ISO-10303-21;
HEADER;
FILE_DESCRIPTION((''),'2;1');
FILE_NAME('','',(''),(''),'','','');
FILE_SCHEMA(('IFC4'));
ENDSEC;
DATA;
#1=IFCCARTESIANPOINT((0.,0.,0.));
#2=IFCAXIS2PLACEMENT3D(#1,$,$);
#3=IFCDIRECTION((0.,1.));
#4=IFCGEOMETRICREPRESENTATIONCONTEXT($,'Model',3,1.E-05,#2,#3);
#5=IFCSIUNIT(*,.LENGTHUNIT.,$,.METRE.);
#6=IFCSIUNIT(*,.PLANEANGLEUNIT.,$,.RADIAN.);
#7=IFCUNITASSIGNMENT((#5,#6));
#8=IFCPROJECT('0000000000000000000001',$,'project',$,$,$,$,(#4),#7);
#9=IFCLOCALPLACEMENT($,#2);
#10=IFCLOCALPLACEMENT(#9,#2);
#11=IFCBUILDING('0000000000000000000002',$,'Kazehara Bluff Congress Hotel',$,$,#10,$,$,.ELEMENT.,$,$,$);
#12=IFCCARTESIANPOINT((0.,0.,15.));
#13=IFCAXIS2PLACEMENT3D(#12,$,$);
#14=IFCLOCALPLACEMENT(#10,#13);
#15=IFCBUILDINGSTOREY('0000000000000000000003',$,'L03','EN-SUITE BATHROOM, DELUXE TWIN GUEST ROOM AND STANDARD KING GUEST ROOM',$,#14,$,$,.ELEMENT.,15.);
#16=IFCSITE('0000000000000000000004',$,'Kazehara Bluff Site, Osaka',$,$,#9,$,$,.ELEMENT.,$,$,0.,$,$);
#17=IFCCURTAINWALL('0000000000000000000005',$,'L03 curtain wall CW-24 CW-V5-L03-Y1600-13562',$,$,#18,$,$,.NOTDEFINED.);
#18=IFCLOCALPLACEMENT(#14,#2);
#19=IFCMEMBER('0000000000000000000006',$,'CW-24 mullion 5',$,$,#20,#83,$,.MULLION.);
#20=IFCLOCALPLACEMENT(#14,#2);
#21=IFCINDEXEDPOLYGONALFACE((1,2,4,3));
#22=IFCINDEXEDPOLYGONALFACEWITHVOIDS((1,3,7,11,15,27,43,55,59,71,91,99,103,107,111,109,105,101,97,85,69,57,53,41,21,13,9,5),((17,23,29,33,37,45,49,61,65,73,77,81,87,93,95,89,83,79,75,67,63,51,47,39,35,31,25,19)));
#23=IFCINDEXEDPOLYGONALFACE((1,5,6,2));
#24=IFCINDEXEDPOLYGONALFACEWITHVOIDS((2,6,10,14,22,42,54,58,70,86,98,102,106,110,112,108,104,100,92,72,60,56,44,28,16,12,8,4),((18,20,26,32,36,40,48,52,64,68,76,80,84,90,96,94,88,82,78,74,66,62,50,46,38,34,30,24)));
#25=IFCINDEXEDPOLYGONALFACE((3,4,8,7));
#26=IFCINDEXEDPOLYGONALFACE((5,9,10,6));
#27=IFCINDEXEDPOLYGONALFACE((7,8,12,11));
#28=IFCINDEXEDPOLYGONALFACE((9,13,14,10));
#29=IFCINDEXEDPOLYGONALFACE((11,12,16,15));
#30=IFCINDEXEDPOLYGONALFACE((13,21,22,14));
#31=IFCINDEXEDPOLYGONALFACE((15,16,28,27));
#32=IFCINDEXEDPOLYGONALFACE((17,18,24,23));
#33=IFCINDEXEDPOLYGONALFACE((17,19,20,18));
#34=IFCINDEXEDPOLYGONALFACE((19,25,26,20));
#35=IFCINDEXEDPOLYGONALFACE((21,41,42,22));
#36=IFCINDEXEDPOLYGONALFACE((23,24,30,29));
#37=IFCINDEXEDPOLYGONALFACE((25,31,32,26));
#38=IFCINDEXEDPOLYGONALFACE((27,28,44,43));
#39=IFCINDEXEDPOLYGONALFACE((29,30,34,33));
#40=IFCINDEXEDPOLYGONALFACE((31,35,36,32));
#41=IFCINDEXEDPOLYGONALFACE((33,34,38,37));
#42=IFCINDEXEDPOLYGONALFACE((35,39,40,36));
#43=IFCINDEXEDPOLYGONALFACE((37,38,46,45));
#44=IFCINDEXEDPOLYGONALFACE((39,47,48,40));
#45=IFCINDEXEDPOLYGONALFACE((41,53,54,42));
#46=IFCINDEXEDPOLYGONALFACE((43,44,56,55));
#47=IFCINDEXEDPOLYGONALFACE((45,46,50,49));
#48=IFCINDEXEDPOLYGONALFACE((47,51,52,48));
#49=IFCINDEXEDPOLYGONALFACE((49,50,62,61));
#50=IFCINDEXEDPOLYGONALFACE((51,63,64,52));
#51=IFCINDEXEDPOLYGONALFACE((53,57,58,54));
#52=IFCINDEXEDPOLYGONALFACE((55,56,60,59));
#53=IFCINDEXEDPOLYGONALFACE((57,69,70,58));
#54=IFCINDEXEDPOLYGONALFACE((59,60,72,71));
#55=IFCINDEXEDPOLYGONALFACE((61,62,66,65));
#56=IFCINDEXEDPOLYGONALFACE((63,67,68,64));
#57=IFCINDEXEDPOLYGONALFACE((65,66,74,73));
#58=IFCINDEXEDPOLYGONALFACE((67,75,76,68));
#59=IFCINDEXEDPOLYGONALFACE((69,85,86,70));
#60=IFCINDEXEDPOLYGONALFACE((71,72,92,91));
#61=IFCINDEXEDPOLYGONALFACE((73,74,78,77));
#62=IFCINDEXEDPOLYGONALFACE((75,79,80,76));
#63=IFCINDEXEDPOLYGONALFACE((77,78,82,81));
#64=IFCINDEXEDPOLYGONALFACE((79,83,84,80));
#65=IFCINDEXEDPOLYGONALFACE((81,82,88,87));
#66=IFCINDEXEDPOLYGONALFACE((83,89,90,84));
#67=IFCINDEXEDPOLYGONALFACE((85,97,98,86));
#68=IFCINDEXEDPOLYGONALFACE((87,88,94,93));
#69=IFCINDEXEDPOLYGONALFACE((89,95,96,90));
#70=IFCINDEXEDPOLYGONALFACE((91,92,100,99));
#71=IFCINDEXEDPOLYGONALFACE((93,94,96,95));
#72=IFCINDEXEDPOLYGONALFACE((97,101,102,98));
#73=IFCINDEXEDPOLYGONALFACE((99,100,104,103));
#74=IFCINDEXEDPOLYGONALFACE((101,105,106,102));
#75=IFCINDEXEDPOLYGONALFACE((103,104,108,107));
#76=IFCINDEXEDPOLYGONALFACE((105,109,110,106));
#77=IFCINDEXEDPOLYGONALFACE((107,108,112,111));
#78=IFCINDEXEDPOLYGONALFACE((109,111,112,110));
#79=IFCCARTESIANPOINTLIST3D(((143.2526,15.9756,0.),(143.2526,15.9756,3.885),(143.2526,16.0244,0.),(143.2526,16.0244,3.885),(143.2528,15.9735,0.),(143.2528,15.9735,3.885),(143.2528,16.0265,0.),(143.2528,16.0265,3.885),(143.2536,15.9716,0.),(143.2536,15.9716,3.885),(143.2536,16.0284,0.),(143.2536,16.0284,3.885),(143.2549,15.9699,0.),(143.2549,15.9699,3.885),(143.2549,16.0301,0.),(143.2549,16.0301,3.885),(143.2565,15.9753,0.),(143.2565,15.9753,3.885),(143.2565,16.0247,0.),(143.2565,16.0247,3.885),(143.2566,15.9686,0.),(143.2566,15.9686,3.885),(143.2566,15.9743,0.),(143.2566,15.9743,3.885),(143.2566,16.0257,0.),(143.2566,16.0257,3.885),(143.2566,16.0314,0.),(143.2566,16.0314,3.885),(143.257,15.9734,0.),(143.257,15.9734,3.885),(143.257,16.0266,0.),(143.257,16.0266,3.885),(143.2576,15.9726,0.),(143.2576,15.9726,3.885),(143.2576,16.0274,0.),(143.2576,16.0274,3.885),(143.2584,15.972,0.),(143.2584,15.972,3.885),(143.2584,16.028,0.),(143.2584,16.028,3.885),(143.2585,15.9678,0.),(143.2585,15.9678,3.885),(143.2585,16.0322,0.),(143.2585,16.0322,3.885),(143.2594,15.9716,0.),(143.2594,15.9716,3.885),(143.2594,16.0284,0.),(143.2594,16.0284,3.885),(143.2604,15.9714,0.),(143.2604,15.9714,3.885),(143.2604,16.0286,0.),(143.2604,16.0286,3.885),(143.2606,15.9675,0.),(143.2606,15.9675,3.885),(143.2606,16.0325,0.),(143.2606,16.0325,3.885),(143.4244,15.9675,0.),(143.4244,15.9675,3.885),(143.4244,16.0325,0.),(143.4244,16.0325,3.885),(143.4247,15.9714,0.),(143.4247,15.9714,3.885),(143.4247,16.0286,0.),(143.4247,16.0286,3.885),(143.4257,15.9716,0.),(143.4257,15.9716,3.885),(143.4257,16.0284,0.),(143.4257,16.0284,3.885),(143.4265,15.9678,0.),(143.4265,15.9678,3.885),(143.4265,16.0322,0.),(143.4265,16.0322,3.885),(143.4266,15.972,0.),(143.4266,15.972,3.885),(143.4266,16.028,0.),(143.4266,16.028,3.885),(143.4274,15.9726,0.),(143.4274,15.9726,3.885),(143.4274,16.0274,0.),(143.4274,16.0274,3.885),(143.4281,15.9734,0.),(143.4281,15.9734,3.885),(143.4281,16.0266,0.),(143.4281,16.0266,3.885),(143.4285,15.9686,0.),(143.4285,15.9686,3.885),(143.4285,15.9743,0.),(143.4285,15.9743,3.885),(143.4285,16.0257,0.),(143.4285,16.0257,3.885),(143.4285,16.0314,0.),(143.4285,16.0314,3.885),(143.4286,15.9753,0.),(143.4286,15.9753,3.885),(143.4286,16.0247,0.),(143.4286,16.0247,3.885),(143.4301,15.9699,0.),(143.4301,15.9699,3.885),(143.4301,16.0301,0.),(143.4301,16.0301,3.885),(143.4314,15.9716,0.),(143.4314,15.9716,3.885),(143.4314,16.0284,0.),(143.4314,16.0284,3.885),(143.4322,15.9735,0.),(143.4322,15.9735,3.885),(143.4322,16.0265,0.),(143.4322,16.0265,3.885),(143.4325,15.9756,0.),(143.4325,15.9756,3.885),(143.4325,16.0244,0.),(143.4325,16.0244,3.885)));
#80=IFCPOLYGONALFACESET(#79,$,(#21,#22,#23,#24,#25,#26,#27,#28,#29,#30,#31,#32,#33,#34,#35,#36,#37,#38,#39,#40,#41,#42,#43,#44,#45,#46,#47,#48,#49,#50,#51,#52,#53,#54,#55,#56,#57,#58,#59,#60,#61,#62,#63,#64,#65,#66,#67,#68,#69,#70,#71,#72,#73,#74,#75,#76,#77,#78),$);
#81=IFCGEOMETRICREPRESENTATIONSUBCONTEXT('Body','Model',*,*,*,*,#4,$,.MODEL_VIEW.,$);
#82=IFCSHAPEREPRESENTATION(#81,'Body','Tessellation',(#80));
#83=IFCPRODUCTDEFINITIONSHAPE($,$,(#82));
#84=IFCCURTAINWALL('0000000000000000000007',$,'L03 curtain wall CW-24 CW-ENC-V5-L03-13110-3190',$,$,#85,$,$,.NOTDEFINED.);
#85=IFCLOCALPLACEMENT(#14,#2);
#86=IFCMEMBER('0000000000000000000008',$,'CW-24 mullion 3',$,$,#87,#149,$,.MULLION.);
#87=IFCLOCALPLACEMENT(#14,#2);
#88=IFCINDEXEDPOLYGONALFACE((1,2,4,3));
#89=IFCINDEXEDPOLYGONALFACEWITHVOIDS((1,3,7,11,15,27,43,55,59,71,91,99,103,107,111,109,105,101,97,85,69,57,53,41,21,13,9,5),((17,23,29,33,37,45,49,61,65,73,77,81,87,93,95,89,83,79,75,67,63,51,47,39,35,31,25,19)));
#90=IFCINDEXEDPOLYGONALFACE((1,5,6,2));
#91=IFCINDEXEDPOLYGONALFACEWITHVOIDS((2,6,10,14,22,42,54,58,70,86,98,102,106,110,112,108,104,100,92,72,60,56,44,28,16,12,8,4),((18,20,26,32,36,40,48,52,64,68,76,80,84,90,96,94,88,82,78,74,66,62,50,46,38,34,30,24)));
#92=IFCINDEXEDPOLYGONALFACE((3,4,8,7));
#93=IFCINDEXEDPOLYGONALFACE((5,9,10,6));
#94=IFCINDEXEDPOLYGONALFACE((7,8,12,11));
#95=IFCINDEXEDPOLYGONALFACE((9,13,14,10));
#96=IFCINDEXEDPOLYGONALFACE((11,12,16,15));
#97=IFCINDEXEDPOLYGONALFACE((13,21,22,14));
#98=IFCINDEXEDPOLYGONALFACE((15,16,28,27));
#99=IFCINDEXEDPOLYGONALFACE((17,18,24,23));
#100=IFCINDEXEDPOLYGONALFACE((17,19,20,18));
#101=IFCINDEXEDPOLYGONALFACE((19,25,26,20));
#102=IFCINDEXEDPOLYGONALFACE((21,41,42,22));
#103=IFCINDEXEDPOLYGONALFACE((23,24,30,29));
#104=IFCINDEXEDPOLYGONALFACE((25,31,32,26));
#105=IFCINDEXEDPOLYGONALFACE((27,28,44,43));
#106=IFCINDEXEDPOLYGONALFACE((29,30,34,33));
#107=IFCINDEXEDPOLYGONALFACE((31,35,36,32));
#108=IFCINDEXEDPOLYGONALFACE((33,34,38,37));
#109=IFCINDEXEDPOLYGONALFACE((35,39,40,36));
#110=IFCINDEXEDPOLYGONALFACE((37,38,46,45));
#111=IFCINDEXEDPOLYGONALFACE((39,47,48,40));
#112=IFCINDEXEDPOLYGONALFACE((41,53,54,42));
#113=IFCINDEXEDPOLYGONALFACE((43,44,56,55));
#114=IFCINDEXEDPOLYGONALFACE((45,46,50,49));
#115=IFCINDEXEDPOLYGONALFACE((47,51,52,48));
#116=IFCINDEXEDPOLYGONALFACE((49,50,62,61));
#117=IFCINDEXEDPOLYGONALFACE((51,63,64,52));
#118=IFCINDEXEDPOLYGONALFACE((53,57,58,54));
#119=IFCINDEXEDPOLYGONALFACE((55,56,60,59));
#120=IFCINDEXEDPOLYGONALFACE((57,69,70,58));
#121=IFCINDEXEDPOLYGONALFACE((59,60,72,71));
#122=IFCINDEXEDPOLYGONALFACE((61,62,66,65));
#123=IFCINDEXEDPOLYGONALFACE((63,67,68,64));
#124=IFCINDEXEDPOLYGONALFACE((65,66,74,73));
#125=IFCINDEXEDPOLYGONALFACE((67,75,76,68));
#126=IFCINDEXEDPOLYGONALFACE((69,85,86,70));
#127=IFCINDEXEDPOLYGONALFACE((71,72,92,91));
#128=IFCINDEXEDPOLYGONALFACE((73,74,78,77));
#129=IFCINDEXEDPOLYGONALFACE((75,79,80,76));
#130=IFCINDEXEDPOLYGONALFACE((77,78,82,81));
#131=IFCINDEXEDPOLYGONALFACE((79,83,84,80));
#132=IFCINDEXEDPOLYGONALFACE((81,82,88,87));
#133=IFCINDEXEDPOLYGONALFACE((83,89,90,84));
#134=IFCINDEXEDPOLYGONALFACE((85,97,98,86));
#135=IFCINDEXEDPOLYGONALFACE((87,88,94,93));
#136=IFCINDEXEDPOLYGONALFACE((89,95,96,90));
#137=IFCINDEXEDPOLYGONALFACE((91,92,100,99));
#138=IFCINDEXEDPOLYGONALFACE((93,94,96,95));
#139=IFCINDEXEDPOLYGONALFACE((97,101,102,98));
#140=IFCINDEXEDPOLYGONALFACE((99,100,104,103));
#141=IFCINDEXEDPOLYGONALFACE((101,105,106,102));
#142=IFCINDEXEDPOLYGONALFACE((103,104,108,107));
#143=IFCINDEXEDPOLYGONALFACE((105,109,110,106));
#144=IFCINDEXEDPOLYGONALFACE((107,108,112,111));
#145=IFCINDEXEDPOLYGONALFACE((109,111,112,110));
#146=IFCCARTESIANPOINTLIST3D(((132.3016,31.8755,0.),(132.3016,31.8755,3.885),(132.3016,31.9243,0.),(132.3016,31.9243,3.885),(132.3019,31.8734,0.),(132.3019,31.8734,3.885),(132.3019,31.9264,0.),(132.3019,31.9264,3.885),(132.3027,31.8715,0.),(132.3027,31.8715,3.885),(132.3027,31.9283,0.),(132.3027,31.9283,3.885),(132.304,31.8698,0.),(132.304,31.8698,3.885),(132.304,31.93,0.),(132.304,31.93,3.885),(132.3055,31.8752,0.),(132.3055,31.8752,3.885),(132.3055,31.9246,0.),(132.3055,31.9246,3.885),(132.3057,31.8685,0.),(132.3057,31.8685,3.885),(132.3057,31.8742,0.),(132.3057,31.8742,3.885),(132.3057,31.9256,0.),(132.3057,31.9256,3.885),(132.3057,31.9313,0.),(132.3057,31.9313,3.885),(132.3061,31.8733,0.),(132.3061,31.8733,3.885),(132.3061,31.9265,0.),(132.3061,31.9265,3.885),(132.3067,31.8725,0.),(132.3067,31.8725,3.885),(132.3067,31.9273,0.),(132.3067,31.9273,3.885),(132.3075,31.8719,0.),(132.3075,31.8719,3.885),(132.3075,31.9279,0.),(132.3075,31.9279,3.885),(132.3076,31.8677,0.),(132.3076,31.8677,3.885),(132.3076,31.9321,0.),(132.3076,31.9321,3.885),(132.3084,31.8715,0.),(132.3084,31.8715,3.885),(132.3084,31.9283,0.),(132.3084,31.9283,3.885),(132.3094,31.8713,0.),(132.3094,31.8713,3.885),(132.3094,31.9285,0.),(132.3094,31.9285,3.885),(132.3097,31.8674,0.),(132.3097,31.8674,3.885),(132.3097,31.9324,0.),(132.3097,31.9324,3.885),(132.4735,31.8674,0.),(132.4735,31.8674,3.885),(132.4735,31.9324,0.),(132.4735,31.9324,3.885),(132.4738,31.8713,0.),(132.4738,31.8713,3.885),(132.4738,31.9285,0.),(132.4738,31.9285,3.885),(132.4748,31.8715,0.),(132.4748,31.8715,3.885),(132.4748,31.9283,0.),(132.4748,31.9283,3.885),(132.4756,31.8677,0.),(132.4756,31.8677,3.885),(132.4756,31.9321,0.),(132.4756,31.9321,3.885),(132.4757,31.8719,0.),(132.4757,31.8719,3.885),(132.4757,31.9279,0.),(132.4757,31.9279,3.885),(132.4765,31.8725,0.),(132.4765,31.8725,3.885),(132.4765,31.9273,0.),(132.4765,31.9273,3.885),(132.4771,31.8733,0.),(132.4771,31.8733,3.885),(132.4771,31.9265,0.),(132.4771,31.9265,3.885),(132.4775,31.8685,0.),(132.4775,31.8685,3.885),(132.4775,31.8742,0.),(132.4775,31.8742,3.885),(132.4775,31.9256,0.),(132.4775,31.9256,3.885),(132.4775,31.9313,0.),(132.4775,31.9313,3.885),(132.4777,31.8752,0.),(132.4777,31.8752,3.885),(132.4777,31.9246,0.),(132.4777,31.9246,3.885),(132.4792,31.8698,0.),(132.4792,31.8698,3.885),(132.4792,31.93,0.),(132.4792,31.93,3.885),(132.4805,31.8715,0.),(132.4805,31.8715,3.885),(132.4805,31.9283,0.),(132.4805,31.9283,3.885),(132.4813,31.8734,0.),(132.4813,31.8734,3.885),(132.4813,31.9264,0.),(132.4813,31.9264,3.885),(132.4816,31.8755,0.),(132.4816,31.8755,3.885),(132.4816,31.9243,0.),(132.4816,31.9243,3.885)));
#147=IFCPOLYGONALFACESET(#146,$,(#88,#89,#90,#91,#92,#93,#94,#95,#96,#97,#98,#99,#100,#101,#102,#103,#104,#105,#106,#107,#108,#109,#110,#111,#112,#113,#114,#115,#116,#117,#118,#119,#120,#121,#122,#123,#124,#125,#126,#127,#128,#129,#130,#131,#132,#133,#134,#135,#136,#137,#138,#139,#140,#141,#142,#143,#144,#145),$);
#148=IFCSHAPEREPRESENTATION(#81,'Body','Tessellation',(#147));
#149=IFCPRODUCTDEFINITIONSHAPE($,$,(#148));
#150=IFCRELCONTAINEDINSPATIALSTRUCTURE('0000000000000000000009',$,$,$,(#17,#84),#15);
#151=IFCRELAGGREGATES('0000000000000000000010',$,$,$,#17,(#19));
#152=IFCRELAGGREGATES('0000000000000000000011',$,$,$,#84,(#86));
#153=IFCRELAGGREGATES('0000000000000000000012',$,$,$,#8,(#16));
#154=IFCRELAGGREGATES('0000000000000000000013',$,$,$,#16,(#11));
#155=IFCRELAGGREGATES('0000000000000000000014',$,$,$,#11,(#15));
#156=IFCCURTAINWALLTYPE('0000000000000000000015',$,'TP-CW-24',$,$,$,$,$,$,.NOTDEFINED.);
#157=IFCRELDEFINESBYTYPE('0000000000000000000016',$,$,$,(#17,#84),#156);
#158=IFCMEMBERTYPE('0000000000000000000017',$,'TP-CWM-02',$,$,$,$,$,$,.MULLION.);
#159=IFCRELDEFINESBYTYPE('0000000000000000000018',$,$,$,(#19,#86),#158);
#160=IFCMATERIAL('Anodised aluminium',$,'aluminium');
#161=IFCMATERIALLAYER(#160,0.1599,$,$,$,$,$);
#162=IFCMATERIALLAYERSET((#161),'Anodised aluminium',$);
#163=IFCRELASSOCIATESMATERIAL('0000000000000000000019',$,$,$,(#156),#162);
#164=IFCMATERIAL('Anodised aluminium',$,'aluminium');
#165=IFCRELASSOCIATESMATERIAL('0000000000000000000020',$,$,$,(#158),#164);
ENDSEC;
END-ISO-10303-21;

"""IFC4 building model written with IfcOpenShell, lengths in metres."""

from ifc_helpers import new_model, si_unit, direction, frame, origin, origin_2d, place, context, subcontext, project, spatial, hollow_rectangle, extrude, material, layer, layer_set, material_profile, profile_set, type_object, element, aggregate, save


model = new_model("IFC4")

# Units and contexts
model_context = context("Model", 3, precision=1e-05, world=origin(), true_north=direction((0.0, 1.0)))
body_context = subcontext(model_context, "Body", "Model", "MODEL_VIEW")
ifc_project = project(units=[si_unit("LENGTHUNIT", "METRE"), si_unit("PLANEANGLEUNIT", "RADIAN")], contexts=[model_context])

# Site, building, storey
site_placement = place(None, origin())
site = spatial("IfcSite", under=ifc_project, at=site_placement, Name="Kazehara Bluff Site, Osaka", CompositionType="ELEMENT", RefElevation=0.0)
building_placement = place(site_placement, origin())
building = spatial("IfcBuilding", under=site, at=building_placement, Name="Kazehara Bluff Congress Hotel", CompositionType="ELEMENT")
storey_placement = place(building_placement, frame((0.0, 0.0, 15.0)))
storey = spatial("IfcBuildingStorey", under=building, at=storey_placement, Name="L03", Description="EN-SUITE BATHROOM, DELUXE TWIN GUEST ROOM AND STANDARD KING GUEST ROOM", CompositionType="ELEMENT", Elevation=15.0)

# Curtain wall, member
ifc_material_1 = material(Name="Anodised aluminium", Category="aluminium")
ifc_layer_1 = layer(ifc_material_1, 0.1599)
ifc_layer_set_1 = layer_set([ifc_layer_1], Name="Anodised aluminium")
curtain_wall_type = type_object("IfcCurtainWallType", Name="TP-CW-24", PredefinedType="NOTDEFINED", material=ifc_layer_set_1)
curtain_wall_1_placement = place(storey_placement, origin())
curtain_wall_1 = element("IfcCurtainWall", 1, at=curtain_wall_1_placement, inside=storey, type_object=curtain_wall_type, Name="L03 curtain wall CW-24 CW-V5-L03-Y1600-13562", PredefinedType="NOTDEFINED")
ifc_material_2 = material(Name="Anodised aluminium", Category="aluminium")
ifc_material_profile_1 = material_profile(ifc_material_2, hollow_rectangle(XDim=0.0649, YDim=0.1799, WallThickness=0.0039, InnerFilletRadius=0.0039, OuterFilletRadius=0.0081, at=origin_2d()))
ifc_profile_set_1 = profile_set([ifc_material_profile_1], Name="Anodised aluminium")
member_type_1 = type_object("IfcMemberType", Name="TP-CWM-02", PredefinedType="MULLION", material=ifc_profile_set_1)
member_1_placement = place(storey_placement, frame((143.3425, 16.0, 0.0), z_axis=(0.0, 0.0, 1.0), x_axis=(0.0, 1.0, 0.0)))
member_1 = element("IfcMember", 2, at=member_1_placement, type_object=member_type_1, Name="CW-24 mullion 5", PredefinedType="MULLION", context=body_context, shape_type="SweptSolid", body=[
    extrude(hollow_rectangle(XDim=0.0649, YDim=0.1799, WallThickness=0.0039, InnerFilletRadius=0.0039, OuterFilletRadius=0.0081, at=origin_2d()), origin(), (0.0, 0.0, 1.0), 3.885),
])

# Curtain wall, member
curtain_wall_2_placement = place(storey_placement, origin())
curtain_wall_2 = element("IfcCurtainWall", 3, at=curtain_wall_2_placement, inside=storey, type_object=curtain_wall_type, Name="L03 curtain wall CW-24 CW-ENC-V5-L03-13110-3190", PredefinedType="NOTDEFINED")
member_2_placement = place(storey_placement, frame((132.3916, 31.8999, 0.0), z_axis=(0.0, 0.0, 1.0), x_axis=(0.0, 1.0, 0.0)))
member_2 = element("IfcMember", 4, at=member_2_placement, type_object=member_type_1, Name="CW-24 mullion 3", PredefinedType="MULLION", context=body_context, shape_type="SweptSolid", body=[
    extrude(hollow_rectangle(XDim=0.0649, YDim=0.1799, WallThickness=0.0039, InnerFilletRadius=0.0039, OuterFilletRadius=0.0081, at=origin_2d()), origin(), (0.0, 0.0, 1.0), 3.885),
])

aggregate(curtain_wall_1, [member_1])
aggregate(curtain_wall_2, [member_2])

save(model, "model.ifc")
